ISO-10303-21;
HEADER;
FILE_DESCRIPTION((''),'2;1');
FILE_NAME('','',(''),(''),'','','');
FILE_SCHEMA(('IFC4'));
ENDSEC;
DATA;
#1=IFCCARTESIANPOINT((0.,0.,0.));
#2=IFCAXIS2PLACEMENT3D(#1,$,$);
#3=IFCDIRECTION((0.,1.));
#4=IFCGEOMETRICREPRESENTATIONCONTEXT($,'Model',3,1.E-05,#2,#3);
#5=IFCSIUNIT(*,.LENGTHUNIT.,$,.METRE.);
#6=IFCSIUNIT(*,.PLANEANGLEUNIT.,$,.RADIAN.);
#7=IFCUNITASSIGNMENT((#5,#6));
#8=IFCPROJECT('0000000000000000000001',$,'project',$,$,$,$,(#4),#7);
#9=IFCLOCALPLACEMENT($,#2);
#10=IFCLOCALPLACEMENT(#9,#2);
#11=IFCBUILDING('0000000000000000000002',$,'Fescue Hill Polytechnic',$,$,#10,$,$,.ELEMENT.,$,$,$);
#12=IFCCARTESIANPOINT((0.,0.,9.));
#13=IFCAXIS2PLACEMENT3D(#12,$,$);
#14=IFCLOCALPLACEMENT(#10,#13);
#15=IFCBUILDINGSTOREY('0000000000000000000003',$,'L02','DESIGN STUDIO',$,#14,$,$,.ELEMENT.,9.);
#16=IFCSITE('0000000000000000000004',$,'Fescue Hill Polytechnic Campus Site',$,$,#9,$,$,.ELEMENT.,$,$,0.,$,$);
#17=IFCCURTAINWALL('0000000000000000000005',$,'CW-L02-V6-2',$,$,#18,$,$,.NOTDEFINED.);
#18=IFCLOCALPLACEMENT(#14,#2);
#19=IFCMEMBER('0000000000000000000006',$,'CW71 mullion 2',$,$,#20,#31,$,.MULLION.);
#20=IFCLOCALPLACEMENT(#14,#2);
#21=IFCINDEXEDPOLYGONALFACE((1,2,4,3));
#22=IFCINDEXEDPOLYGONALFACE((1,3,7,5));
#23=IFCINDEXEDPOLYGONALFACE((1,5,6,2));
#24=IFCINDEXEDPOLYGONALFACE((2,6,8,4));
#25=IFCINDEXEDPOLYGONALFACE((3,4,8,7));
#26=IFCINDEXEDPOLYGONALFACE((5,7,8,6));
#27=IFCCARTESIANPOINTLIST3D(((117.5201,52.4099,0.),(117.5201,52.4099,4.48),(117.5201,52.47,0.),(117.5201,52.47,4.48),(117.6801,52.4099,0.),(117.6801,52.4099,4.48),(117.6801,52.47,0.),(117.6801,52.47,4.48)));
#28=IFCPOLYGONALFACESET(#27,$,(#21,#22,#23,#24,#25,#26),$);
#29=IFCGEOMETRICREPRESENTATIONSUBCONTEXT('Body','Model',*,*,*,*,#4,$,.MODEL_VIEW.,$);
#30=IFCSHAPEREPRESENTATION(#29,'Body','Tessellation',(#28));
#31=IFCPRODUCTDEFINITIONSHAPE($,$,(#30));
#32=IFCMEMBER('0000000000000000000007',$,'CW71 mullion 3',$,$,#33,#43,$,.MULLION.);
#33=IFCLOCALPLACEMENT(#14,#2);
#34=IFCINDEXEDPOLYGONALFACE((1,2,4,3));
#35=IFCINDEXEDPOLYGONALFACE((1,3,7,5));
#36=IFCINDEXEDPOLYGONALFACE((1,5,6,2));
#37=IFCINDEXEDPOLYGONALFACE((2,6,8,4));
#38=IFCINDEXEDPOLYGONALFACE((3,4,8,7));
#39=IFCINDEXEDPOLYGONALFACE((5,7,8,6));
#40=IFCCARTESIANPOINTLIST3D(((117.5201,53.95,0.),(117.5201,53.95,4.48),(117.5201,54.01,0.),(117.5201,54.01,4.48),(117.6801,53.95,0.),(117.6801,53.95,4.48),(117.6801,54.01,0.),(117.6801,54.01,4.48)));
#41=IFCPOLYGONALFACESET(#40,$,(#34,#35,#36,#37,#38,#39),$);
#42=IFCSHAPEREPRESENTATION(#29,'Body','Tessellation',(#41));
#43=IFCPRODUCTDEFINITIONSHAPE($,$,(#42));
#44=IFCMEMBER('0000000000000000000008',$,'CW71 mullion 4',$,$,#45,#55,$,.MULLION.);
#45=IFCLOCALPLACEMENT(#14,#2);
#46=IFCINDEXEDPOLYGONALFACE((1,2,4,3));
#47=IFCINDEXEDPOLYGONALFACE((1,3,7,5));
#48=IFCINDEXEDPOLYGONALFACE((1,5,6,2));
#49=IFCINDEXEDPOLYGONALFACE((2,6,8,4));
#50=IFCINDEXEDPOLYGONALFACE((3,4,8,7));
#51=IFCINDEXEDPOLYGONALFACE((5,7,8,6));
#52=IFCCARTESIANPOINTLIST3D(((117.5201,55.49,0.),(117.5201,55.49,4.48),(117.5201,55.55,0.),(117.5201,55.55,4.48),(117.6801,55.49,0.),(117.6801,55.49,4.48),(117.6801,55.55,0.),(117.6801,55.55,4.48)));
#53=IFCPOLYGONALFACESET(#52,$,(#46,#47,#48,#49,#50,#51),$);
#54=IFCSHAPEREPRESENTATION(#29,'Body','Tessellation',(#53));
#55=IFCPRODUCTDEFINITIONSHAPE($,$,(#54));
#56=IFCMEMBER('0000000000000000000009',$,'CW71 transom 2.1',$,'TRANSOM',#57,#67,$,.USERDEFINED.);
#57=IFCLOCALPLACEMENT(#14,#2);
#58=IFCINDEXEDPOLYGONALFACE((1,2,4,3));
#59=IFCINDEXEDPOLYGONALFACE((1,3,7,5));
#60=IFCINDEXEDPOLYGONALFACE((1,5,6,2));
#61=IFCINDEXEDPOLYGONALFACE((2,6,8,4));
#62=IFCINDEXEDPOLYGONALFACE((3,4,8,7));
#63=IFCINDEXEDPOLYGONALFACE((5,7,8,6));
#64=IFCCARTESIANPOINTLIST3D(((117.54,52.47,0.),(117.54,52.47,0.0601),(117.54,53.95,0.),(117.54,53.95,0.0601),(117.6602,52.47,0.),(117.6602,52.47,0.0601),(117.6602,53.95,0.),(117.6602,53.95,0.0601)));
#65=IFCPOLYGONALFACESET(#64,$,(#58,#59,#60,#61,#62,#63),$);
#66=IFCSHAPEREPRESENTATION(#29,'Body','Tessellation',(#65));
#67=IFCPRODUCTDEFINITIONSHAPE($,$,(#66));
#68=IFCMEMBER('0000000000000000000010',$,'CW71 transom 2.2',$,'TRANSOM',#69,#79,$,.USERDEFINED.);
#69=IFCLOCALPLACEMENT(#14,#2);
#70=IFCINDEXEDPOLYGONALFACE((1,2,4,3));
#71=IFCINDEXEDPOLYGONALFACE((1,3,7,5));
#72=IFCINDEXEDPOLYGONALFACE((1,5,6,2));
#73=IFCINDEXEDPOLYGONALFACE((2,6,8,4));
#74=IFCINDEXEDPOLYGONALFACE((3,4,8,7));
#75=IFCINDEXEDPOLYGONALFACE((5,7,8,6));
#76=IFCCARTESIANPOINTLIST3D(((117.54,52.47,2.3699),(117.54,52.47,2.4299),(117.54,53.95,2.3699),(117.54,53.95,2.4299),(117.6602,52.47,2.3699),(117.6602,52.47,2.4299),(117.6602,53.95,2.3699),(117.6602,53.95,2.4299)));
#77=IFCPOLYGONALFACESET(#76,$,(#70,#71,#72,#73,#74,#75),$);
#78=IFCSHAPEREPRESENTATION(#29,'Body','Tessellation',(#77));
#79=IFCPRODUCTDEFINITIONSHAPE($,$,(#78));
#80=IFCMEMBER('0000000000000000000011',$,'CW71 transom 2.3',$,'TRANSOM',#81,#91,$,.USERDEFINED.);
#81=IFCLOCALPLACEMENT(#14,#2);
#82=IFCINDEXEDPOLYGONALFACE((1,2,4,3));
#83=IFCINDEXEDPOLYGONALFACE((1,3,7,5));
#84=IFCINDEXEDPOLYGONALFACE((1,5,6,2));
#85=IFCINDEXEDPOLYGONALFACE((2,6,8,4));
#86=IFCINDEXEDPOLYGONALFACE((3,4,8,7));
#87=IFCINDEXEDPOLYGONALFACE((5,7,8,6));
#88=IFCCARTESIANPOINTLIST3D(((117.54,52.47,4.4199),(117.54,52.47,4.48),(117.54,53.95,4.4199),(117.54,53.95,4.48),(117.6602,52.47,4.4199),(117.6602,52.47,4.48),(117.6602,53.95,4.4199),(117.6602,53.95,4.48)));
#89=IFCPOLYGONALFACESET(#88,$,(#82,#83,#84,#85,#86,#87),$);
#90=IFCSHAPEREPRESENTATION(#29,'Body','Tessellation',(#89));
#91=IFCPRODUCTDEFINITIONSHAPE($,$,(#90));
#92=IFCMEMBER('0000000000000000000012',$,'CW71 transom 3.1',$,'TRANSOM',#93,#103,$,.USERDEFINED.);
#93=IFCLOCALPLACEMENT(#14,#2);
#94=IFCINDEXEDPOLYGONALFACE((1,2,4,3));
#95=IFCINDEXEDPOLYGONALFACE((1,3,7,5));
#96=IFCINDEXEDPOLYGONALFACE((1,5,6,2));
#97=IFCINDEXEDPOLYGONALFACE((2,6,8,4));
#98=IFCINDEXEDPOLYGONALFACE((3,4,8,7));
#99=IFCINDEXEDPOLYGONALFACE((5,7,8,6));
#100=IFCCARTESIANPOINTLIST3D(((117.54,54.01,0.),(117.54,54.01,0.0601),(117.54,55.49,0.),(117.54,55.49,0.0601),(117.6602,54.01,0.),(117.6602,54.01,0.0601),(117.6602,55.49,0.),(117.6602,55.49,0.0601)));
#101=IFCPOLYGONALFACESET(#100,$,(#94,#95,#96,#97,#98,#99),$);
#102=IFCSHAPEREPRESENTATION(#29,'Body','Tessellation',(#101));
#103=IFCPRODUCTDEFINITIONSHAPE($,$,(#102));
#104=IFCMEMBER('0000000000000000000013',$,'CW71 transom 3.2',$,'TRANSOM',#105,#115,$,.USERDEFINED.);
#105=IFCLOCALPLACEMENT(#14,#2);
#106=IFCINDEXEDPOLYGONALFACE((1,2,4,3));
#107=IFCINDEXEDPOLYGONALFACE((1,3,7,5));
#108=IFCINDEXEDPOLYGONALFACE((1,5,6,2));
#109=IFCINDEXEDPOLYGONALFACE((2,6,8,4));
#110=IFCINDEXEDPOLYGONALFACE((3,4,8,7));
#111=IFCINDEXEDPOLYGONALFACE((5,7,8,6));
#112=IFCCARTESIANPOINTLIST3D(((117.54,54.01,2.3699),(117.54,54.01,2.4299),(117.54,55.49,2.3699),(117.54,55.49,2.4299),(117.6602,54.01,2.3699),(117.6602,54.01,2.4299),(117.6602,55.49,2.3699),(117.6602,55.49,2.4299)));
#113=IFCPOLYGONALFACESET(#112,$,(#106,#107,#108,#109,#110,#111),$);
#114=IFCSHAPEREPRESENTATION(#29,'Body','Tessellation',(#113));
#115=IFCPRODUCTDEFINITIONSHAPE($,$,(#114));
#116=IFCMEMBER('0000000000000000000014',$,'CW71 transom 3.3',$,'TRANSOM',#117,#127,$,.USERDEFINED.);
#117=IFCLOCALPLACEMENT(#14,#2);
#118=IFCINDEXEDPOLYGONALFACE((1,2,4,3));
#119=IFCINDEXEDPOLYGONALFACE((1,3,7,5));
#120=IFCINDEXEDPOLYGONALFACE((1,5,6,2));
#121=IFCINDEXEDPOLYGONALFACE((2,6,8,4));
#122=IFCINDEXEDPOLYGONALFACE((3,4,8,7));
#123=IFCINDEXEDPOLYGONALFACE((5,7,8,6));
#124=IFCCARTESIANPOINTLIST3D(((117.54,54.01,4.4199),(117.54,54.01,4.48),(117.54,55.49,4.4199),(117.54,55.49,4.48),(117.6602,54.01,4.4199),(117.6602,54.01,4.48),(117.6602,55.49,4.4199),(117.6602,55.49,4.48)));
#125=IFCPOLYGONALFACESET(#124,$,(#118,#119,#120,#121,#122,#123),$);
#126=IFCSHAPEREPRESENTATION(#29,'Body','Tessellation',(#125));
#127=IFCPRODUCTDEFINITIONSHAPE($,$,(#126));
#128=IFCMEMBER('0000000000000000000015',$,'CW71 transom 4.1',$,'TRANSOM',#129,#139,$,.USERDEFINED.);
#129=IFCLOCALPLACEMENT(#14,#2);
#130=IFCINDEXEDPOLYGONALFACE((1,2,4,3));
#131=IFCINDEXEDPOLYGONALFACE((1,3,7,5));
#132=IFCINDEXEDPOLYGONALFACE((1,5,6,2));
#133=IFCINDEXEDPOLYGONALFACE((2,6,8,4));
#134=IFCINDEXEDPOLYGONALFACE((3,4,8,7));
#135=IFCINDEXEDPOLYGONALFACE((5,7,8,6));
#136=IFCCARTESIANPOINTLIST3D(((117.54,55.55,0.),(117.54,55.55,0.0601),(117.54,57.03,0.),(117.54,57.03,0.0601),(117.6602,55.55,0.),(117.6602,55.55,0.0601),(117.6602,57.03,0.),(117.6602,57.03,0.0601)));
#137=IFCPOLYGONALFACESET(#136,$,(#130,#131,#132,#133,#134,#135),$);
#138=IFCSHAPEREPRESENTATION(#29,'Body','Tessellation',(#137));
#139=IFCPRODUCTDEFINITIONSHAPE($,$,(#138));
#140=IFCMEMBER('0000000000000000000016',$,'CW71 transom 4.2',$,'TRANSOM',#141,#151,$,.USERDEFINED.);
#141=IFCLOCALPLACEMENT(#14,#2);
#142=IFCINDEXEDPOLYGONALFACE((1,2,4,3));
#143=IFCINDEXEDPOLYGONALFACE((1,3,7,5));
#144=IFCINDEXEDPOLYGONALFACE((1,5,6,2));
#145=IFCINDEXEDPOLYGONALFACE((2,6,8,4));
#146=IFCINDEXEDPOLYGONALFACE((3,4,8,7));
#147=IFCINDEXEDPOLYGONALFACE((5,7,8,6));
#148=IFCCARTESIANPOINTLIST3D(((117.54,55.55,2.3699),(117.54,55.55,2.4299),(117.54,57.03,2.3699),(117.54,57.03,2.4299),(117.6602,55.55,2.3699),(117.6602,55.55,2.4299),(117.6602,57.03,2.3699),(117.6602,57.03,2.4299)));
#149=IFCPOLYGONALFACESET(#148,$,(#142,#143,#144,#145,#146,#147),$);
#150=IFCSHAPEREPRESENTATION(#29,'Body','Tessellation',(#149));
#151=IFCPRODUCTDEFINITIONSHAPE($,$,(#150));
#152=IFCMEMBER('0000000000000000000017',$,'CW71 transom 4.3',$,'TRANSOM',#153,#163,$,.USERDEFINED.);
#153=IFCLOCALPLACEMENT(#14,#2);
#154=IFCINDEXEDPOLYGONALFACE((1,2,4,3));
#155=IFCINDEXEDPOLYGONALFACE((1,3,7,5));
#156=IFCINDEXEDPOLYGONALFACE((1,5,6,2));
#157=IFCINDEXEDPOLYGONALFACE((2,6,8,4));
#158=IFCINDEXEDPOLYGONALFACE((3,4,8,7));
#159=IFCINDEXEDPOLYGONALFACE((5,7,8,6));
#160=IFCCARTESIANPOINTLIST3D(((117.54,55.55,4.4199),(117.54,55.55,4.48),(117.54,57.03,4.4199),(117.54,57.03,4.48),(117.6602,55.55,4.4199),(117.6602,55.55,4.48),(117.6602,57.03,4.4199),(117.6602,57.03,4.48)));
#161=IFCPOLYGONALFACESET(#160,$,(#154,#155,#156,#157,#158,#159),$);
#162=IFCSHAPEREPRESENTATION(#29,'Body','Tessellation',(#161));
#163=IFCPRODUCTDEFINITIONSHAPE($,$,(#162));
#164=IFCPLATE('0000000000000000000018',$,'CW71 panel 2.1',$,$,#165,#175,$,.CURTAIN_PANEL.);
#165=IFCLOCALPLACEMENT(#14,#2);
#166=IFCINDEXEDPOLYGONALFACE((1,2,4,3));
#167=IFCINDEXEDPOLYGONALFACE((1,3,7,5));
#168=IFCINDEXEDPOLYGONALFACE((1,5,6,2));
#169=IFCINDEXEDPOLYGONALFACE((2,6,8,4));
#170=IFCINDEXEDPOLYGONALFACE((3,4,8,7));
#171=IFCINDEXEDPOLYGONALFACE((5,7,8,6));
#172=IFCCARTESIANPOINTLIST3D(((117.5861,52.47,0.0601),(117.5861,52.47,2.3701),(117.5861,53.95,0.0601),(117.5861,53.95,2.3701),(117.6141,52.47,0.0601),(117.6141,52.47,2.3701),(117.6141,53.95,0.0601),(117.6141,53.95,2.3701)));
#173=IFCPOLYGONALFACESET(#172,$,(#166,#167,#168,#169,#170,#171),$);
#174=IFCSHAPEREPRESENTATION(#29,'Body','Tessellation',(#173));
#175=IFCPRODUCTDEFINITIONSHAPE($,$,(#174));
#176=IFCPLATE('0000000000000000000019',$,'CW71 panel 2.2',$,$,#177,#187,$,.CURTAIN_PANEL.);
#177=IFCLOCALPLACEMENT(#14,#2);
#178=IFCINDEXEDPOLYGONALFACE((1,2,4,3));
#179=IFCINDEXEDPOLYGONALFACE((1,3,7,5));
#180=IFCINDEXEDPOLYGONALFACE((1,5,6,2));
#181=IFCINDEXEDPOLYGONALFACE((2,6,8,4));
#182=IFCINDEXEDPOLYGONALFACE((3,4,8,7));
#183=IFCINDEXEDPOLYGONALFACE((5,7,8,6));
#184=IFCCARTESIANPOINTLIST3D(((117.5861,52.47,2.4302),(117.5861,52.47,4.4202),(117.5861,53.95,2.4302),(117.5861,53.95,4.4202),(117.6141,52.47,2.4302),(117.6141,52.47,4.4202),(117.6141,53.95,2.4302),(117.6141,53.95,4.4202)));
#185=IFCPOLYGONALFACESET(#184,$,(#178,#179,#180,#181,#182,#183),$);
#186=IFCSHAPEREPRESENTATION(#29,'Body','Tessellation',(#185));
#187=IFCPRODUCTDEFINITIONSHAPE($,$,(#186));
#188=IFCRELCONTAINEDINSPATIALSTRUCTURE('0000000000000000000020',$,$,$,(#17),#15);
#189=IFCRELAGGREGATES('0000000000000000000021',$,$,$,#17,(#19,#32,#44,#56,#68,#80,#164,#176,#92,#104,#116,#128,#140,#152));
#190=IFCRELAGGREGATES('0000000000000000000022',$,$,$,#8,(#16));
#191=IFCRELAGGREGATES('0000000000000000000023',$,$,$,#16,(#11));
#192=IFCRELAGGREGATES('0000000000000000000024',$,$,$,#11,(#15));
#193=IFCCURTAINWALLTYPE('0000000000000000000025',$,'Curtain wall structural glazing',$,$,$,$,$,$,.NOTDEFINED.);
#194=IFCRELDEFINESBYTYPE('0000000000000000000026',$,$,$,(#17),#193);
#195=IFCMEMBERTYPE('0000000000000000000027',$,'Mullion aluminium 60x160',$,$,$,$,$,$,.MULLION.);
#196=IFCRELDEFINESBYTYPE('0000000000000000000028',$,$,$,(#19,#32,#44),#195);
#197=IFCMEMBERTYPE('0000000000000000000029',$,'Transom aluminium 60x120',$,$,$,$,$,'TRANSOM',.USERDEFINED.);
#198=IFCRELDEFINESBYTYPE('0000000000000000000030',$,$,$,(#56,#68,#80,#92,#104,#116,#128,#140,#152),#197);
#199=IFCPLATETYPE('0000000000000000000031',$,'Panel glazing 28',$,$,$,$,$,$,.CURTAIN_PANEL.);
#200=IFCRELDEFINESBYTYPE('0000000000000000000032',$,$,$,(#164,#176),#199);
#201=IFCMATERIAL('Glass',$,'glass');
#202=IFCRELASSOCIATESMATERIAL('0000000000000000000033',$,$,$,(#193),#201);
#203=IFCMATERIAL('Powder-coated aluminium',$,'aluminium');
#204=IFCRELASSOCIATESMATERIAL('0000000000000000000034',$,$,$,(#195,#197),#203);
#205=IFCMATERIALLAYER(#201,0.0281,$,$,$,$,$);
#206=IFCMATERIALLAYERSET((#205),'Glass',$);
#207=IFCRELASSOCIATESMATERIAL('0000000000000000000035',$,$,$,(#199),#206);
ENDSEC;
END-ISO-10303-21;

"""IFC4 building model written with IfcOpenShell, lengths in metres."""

from ifc_helpers import new_model, si_unit, direction, frame, origin, origin_2d, place, context, subcontext, project, spatial, rectangle, extrude, material, layer, layer_set, material_profile, profile_set, type_object, element, aggregate, save


model = new_model("IFC4")

# Units and contexts
model_context = context("Model", 3, precision=1e-05, world=origin(), true_north=direction((0.0, 1.0)))
body_context = subcontext(model_context, "Body", "Model", "MODEL_VIEW")
ifc_project = project(units=[si_unit("LENGTHUNIT", "METRE"), si_unit("PLANEANGLEUNIT", "RADIAN")], contexts=[model_context])

# Site, building, storey
site_placement = place(None, origin())
site = spatial("IfcSite", under=ifc_project, at=site_placement, Name="Fescue Hill Polytechnic Campus Site", CompositionType="ELEMENT", RefElevation=0.0)
building_placement = place(site_placement, origin())
building = spatial("IfcBuilding", under=site, at=building_placement, Name="Fescue Hill Polytechnic", CompositionType="ELEMENT")
storey_placement = place(building_placement, frame((0.0, 0.0, 9.0)))
storey = spatial("IfcBuildingStorey", under=building, at=storey_placement, Name="L02", Description="DESIGN STUDIO", CompositionType="ELEMENT", Elevation=9.0)

# Curtain wall, members, plates
ifc_material_1 = material(Name="Glass", Category="glass")
curtain_wall_type = type_object("IfcCurtainWallType", Name="Curtain wall structural glazing", PredefinedType="NOTDEFINED", material=ifc_material_1)
curtain_wall_placement = place(storey_placement, origin())
curtain_wall = element("IfcCurtainWall", 1, at=curtain_wall_placement, inside=storey, type_object=curtain_wall_type, Name="CW-L02-V6-2", PredefinedType="NOTDEFINED")
ifc_material_2 = material(Name="Powder-coated aluminium", Category="aluminium")
ifc_material_profile_1 = material_profile(ifc_material_2, rectangle(XDim=0.1599, YDim=0.0601, at=origin_2d()), Name="Mullion aluminium 60x160")
ifc_profile_set_1 = profile_set([ifc_material_profile_1], Name="Powder-coated aluminium")
member_type_1 = type_object("IfcMemberType", Name="Mullion aluminium 60x160", PredefinedType="MULLION", material=ifc_profile_set_1)
member_1_placement = place(storey_placement, frame((117.6001, 52.4399, 0.0), z_axis=(0.0, 0.0, 1.0), x_axis=(-1.0, 0.0, 0.0)))
member_1 = element("IfcMember", 2, at=member_1_placement, type_object=member_type_1, Name="CW71 mullion 2", PredefinedType="MULLION", context=body_context, shape_type="SweptSolid", body=[
    extrude(rectangle(XDim=0.1599, YDim=0.0601, at=origin_2d()), origin(), (0.0, 0.0, 1.0), 4.48),
])
member_2_placement = place(storey_placement, frame((117.6001, 53.98, 0.0), z_axis=(0.0, 0.0, 1.0), x_axis=(-1.0, 0.0, 0.0)))
member_2 = element("IfcMember", 3, at=member_2_placement, type_object=member_type_1, Name="CW71 mullion 3", PredefinedType="MULLION", context=body_context, shape_type="SweptSolid", body=[
    extrude(rectangle(XDim=0.1599, YDim=0.0601, at=origin_2d()), origin(), (0.0, 0.0, 1.0), 4.48),
])
member_3_placement = place(storey_placement, frame((117.6001, 55.52, 0.0), z_axis=(0.0, 0.0, 1.0), x_axis=(-1.0, 0.0, 0.0)))
member_3 = element("IfcMember", 4, at=member_3_placement, type_object=member_type_1, Name="CW71 mullion 4", PredefinedType="MULLION", context=body_context, shape_type="SweptSolid", body=[
    extrude(rectangle(XDim=0.1599, YDim=0.0601, at=origin_2d()), origin(), (0.0, 0.0, 1.0), 4.48),
])
ifc_material_profile_2 = material_profile(ifc_material_2, rectangle(XDim=0.1201, YDim=0.0601, at=origin_2d()), Name="Transom aluminium 60x120")
ifc_profile_set_2 = profile_set([ifc_material_profile_2], Name="Powder-coated aluminium")
member_type_2 = type_object("IfcMemberType", Name="Transom aluminium 60x120", ElementType="TRANSOM", PredefinedType="USERDEFINED", material=ifc_profile_set_2)
member_4_placement = place(storey_placement, frame((117.6001, 52.47, 0.03), z_axis=(0.0, 1.0, 0.0), x_axis=(-1.0, 0.0, 0.0)))
member_4 = element("IfcMember", 5, at=member_4_placement, type_object=member_type_2, Name="CW71 transom 2.1", ObjectType="TRANSOM", PredefinedType="USERDEFINED", context=body_context, shape_type="SweptSolid", body=[
    extrude(rectangle(XDim=0.1201, YDim=0.0601, at=origin_2d()), origin(), (0.0, 0.0, 1.0), 1.48),
])
member_5_placement = place(storey_placement, frame((117.6001, 52.47, 2.3999), z_axis=(0.0, 1.0, 0.0), x_axis=(-1.0, 0.0, 0.0)))
member_5 = element("IfcMember", 6, at=member_5_placement, type_object=member_type_2, Name="CW71 transom 2.2", ObjectType="TRANSOM", PredefinedType="USERDEFINED", context=body_context, shape_type="SweptSolid", body=[
    extrude(rectangle(XDim=0.1201, YDim=0.0601, at=origin_2d()), origin(), (0.0, 0.0, 1.0), 1.48),
])
member_6_placement = place(storey_placement, frame((117.6001, 52.47, 4.45), z_axis=(0.0, 1.0, 0.0), x_axis=(-1.0, 0.0, 0.0)))
member_6 = element("IfcMember", 7, at=member_6_placement, type_object=member_type_2, Name="CW71 transom 2.3", ObjectType="TRANSOM", PredefinedType="USERDEFINED", context=body_context, shape_type="SweptSolid", body=[
    extrude(rectangle(XDim=0.1201, YDim=0.0601, at=origin_2d()), origin(), (0.0, 0.0, 1.0), 1.48),
])
member_7_placement = place(storey_placement, frame((117.6001, 54.01, 0.03), z_axis=(0.0, 1.0, 0.0), x_axis=(-1.0, 0.0, 0.0)))
member_7 = element("IfcMember", 8, at=member_7_placement, type_object=member_type_2, Name="CW71 transom 3.1", ObjectType="TRANSOM", PredefinedType="USERDEFINED", context=body_context, shape_type="SweptSolid", body=[
    extrude(rectangle(XDim=0.1201, YDim=0.0601, at=origin_2d()), origin(), (0.0, 0.0, 1.0), 1.48),
])
member_8_placement = place(storey_placement, frame((117.6001, 54.01, 2.3999), z_axis=(0.0, 1.0, 0.0), x_axis=(-1.0, 0.0, 0.0)))
member_8 = element("IfcMember", 9, at=member_8_placement, type_object=member_type_2, Name="CW71 transom 3.2", ObjectType="TRANSOM", PredefinedType="USERDEFINED", context=body_context, shape_type="SweptSolid", body=[
    extrude(rectangle(XDim=0.1201, YDim=0.0601, at=origin_2d()), origin(), (0.0, 0.0, 1.0), 1.48),
])
member_9_placement = place(storey_placement, frame((117.6001, 54.01, 4.45), z_axis=(0.0, 1.0, 0.0), x_axis=(-1.0, 0.0, 0.0)))
member_9 = element("IfcMember", 10, at=member_9_placement, type_object=member_type_2, Name="CW71 transom 3.3", ObjectType="TRANSOM", PredefinedType="USERDEFINED", context=body_context, shape_type="SweptSolid", body=[
    extrude(rectangle(XDim=0.1201, YDim=0.0601, at=origin_2d()), origin(), (0.0, 0.0, 1.0), 1.48),
])
member_10_placement = place(storey_placement, frame((117.6001, 55.55, 0.03), z_axis=(0.0, 1.0, 0.0), x_axis=(-1.0, 0.0, 0.0)))
member_10 = element("IfcMember", 11, at=member_10_placement, type_object=member_type_2, Name="CW71 transom 4.1", ObjectType="TRANSOM", PredefinedType="USERDEFINED", context=body_context, shape_type="SweptSolid", body=[
    extrude(rectangle(XDim=0.1201, YDim=0.0601, at=origin_2d()), origin(), (0.0, 0.0, 1.0), 1.48),
])
member_11_placement = place(storey_placement, frame((117.6001, 55.55, 2.3999), z_axis=(0.0, 1.0, 0.0), x_axis=(-1.0, 0.0, 0.0)))
member_11 = element("IfcMember", 12, at=member_11_placement, type_object=member_type_2, Name="CW71 transom 4.2", ObjectType="TRANSOM", PredefinedType="USERDEFINED", context=body_context, shape_type="SweptSolid", body=[
    extrude(rectangle(XDim=0.1201, YDim=0.0601, at=origin_2d()), origin(), (0.0, 0.0, 1.0), 1.48),
])
member_12_placement = place(storey_placement, frame((117.6001, 55.55, 4.45), z_axis=(0.0, 1.0, 0.0), x_axis=(-1.0, 0.0, 0.0)))
member_12 = element("IfcMember", 13, at=member_12_placement, type_object=member_type_2, Name="CW71 transom 4.3", ObjectType="TRANSOM", PredefinedType="USERDEFINED", context=body_context, shape_type="SweptSolid", body=[
    extrude(rectangle(XDim=0.1201, YDim=0.0601, at=origin_2d()), origin(), (0.0, 0.0, 1.0), 1.48),
])
ifc_layer = layer(ifc_material_1, 0.0281)
ifc_layer_set = layer_set([ifc_layer], Name="Glass")
plate_type = type_object("IfcPlateType", Name="Panel glazing 28", PredefinedType="CURTAIN_PANEL", material=ifc_layer_set)
plate_1_placement = place(storey_placement, frame((117.6001, 53.21, 0.0601), z_axis=(0.0, 0.0, 1.0), x_axis=(0.0, 1.0, 0.0)))
plate_1 = element("IfcPlate", 14, at=plate_1_placement, type_object=plate_type, Name="CW71 panel 2.1", PredefinedType="CURTAIN_PANEL", context=body_context, shape_type="SweptSolid", body=[
    extrude(rectangle(XDim=1.48, YDim=0.0281, at=origin_2d()), origin(), (0.0, 0.0, 1.0), 2.3101),
])
plate_2_placement = place(storey_placement, frame((117.6001, 53.21, 2.4302), z_axis=(0.0, 0.0, 1.0), x_axis=(0.0, 1.0, 0.0)))
plate_2 = element("IfcPlate", 15, at=plate_2_placement, type_object=plate_type, Name="CW71 panel 2.2", PredefinedType="CURTAIN_PANEL", context=body_context, shape_type="SweptSolid", body=[
    extrude(rectangle(XDim=1.48, YDim=0.0281, at=origin_2d()), origin(), (0.0, 0.0, 1.0), 1.99),
])
aggregate(curtain_wall, [member_1, member_2, member_3, member_4, member_5, member_6, plate_1, plate_2, member_7, member_8, member_9, member_10, member_11, member_12])

save(model, "model.ifc")
